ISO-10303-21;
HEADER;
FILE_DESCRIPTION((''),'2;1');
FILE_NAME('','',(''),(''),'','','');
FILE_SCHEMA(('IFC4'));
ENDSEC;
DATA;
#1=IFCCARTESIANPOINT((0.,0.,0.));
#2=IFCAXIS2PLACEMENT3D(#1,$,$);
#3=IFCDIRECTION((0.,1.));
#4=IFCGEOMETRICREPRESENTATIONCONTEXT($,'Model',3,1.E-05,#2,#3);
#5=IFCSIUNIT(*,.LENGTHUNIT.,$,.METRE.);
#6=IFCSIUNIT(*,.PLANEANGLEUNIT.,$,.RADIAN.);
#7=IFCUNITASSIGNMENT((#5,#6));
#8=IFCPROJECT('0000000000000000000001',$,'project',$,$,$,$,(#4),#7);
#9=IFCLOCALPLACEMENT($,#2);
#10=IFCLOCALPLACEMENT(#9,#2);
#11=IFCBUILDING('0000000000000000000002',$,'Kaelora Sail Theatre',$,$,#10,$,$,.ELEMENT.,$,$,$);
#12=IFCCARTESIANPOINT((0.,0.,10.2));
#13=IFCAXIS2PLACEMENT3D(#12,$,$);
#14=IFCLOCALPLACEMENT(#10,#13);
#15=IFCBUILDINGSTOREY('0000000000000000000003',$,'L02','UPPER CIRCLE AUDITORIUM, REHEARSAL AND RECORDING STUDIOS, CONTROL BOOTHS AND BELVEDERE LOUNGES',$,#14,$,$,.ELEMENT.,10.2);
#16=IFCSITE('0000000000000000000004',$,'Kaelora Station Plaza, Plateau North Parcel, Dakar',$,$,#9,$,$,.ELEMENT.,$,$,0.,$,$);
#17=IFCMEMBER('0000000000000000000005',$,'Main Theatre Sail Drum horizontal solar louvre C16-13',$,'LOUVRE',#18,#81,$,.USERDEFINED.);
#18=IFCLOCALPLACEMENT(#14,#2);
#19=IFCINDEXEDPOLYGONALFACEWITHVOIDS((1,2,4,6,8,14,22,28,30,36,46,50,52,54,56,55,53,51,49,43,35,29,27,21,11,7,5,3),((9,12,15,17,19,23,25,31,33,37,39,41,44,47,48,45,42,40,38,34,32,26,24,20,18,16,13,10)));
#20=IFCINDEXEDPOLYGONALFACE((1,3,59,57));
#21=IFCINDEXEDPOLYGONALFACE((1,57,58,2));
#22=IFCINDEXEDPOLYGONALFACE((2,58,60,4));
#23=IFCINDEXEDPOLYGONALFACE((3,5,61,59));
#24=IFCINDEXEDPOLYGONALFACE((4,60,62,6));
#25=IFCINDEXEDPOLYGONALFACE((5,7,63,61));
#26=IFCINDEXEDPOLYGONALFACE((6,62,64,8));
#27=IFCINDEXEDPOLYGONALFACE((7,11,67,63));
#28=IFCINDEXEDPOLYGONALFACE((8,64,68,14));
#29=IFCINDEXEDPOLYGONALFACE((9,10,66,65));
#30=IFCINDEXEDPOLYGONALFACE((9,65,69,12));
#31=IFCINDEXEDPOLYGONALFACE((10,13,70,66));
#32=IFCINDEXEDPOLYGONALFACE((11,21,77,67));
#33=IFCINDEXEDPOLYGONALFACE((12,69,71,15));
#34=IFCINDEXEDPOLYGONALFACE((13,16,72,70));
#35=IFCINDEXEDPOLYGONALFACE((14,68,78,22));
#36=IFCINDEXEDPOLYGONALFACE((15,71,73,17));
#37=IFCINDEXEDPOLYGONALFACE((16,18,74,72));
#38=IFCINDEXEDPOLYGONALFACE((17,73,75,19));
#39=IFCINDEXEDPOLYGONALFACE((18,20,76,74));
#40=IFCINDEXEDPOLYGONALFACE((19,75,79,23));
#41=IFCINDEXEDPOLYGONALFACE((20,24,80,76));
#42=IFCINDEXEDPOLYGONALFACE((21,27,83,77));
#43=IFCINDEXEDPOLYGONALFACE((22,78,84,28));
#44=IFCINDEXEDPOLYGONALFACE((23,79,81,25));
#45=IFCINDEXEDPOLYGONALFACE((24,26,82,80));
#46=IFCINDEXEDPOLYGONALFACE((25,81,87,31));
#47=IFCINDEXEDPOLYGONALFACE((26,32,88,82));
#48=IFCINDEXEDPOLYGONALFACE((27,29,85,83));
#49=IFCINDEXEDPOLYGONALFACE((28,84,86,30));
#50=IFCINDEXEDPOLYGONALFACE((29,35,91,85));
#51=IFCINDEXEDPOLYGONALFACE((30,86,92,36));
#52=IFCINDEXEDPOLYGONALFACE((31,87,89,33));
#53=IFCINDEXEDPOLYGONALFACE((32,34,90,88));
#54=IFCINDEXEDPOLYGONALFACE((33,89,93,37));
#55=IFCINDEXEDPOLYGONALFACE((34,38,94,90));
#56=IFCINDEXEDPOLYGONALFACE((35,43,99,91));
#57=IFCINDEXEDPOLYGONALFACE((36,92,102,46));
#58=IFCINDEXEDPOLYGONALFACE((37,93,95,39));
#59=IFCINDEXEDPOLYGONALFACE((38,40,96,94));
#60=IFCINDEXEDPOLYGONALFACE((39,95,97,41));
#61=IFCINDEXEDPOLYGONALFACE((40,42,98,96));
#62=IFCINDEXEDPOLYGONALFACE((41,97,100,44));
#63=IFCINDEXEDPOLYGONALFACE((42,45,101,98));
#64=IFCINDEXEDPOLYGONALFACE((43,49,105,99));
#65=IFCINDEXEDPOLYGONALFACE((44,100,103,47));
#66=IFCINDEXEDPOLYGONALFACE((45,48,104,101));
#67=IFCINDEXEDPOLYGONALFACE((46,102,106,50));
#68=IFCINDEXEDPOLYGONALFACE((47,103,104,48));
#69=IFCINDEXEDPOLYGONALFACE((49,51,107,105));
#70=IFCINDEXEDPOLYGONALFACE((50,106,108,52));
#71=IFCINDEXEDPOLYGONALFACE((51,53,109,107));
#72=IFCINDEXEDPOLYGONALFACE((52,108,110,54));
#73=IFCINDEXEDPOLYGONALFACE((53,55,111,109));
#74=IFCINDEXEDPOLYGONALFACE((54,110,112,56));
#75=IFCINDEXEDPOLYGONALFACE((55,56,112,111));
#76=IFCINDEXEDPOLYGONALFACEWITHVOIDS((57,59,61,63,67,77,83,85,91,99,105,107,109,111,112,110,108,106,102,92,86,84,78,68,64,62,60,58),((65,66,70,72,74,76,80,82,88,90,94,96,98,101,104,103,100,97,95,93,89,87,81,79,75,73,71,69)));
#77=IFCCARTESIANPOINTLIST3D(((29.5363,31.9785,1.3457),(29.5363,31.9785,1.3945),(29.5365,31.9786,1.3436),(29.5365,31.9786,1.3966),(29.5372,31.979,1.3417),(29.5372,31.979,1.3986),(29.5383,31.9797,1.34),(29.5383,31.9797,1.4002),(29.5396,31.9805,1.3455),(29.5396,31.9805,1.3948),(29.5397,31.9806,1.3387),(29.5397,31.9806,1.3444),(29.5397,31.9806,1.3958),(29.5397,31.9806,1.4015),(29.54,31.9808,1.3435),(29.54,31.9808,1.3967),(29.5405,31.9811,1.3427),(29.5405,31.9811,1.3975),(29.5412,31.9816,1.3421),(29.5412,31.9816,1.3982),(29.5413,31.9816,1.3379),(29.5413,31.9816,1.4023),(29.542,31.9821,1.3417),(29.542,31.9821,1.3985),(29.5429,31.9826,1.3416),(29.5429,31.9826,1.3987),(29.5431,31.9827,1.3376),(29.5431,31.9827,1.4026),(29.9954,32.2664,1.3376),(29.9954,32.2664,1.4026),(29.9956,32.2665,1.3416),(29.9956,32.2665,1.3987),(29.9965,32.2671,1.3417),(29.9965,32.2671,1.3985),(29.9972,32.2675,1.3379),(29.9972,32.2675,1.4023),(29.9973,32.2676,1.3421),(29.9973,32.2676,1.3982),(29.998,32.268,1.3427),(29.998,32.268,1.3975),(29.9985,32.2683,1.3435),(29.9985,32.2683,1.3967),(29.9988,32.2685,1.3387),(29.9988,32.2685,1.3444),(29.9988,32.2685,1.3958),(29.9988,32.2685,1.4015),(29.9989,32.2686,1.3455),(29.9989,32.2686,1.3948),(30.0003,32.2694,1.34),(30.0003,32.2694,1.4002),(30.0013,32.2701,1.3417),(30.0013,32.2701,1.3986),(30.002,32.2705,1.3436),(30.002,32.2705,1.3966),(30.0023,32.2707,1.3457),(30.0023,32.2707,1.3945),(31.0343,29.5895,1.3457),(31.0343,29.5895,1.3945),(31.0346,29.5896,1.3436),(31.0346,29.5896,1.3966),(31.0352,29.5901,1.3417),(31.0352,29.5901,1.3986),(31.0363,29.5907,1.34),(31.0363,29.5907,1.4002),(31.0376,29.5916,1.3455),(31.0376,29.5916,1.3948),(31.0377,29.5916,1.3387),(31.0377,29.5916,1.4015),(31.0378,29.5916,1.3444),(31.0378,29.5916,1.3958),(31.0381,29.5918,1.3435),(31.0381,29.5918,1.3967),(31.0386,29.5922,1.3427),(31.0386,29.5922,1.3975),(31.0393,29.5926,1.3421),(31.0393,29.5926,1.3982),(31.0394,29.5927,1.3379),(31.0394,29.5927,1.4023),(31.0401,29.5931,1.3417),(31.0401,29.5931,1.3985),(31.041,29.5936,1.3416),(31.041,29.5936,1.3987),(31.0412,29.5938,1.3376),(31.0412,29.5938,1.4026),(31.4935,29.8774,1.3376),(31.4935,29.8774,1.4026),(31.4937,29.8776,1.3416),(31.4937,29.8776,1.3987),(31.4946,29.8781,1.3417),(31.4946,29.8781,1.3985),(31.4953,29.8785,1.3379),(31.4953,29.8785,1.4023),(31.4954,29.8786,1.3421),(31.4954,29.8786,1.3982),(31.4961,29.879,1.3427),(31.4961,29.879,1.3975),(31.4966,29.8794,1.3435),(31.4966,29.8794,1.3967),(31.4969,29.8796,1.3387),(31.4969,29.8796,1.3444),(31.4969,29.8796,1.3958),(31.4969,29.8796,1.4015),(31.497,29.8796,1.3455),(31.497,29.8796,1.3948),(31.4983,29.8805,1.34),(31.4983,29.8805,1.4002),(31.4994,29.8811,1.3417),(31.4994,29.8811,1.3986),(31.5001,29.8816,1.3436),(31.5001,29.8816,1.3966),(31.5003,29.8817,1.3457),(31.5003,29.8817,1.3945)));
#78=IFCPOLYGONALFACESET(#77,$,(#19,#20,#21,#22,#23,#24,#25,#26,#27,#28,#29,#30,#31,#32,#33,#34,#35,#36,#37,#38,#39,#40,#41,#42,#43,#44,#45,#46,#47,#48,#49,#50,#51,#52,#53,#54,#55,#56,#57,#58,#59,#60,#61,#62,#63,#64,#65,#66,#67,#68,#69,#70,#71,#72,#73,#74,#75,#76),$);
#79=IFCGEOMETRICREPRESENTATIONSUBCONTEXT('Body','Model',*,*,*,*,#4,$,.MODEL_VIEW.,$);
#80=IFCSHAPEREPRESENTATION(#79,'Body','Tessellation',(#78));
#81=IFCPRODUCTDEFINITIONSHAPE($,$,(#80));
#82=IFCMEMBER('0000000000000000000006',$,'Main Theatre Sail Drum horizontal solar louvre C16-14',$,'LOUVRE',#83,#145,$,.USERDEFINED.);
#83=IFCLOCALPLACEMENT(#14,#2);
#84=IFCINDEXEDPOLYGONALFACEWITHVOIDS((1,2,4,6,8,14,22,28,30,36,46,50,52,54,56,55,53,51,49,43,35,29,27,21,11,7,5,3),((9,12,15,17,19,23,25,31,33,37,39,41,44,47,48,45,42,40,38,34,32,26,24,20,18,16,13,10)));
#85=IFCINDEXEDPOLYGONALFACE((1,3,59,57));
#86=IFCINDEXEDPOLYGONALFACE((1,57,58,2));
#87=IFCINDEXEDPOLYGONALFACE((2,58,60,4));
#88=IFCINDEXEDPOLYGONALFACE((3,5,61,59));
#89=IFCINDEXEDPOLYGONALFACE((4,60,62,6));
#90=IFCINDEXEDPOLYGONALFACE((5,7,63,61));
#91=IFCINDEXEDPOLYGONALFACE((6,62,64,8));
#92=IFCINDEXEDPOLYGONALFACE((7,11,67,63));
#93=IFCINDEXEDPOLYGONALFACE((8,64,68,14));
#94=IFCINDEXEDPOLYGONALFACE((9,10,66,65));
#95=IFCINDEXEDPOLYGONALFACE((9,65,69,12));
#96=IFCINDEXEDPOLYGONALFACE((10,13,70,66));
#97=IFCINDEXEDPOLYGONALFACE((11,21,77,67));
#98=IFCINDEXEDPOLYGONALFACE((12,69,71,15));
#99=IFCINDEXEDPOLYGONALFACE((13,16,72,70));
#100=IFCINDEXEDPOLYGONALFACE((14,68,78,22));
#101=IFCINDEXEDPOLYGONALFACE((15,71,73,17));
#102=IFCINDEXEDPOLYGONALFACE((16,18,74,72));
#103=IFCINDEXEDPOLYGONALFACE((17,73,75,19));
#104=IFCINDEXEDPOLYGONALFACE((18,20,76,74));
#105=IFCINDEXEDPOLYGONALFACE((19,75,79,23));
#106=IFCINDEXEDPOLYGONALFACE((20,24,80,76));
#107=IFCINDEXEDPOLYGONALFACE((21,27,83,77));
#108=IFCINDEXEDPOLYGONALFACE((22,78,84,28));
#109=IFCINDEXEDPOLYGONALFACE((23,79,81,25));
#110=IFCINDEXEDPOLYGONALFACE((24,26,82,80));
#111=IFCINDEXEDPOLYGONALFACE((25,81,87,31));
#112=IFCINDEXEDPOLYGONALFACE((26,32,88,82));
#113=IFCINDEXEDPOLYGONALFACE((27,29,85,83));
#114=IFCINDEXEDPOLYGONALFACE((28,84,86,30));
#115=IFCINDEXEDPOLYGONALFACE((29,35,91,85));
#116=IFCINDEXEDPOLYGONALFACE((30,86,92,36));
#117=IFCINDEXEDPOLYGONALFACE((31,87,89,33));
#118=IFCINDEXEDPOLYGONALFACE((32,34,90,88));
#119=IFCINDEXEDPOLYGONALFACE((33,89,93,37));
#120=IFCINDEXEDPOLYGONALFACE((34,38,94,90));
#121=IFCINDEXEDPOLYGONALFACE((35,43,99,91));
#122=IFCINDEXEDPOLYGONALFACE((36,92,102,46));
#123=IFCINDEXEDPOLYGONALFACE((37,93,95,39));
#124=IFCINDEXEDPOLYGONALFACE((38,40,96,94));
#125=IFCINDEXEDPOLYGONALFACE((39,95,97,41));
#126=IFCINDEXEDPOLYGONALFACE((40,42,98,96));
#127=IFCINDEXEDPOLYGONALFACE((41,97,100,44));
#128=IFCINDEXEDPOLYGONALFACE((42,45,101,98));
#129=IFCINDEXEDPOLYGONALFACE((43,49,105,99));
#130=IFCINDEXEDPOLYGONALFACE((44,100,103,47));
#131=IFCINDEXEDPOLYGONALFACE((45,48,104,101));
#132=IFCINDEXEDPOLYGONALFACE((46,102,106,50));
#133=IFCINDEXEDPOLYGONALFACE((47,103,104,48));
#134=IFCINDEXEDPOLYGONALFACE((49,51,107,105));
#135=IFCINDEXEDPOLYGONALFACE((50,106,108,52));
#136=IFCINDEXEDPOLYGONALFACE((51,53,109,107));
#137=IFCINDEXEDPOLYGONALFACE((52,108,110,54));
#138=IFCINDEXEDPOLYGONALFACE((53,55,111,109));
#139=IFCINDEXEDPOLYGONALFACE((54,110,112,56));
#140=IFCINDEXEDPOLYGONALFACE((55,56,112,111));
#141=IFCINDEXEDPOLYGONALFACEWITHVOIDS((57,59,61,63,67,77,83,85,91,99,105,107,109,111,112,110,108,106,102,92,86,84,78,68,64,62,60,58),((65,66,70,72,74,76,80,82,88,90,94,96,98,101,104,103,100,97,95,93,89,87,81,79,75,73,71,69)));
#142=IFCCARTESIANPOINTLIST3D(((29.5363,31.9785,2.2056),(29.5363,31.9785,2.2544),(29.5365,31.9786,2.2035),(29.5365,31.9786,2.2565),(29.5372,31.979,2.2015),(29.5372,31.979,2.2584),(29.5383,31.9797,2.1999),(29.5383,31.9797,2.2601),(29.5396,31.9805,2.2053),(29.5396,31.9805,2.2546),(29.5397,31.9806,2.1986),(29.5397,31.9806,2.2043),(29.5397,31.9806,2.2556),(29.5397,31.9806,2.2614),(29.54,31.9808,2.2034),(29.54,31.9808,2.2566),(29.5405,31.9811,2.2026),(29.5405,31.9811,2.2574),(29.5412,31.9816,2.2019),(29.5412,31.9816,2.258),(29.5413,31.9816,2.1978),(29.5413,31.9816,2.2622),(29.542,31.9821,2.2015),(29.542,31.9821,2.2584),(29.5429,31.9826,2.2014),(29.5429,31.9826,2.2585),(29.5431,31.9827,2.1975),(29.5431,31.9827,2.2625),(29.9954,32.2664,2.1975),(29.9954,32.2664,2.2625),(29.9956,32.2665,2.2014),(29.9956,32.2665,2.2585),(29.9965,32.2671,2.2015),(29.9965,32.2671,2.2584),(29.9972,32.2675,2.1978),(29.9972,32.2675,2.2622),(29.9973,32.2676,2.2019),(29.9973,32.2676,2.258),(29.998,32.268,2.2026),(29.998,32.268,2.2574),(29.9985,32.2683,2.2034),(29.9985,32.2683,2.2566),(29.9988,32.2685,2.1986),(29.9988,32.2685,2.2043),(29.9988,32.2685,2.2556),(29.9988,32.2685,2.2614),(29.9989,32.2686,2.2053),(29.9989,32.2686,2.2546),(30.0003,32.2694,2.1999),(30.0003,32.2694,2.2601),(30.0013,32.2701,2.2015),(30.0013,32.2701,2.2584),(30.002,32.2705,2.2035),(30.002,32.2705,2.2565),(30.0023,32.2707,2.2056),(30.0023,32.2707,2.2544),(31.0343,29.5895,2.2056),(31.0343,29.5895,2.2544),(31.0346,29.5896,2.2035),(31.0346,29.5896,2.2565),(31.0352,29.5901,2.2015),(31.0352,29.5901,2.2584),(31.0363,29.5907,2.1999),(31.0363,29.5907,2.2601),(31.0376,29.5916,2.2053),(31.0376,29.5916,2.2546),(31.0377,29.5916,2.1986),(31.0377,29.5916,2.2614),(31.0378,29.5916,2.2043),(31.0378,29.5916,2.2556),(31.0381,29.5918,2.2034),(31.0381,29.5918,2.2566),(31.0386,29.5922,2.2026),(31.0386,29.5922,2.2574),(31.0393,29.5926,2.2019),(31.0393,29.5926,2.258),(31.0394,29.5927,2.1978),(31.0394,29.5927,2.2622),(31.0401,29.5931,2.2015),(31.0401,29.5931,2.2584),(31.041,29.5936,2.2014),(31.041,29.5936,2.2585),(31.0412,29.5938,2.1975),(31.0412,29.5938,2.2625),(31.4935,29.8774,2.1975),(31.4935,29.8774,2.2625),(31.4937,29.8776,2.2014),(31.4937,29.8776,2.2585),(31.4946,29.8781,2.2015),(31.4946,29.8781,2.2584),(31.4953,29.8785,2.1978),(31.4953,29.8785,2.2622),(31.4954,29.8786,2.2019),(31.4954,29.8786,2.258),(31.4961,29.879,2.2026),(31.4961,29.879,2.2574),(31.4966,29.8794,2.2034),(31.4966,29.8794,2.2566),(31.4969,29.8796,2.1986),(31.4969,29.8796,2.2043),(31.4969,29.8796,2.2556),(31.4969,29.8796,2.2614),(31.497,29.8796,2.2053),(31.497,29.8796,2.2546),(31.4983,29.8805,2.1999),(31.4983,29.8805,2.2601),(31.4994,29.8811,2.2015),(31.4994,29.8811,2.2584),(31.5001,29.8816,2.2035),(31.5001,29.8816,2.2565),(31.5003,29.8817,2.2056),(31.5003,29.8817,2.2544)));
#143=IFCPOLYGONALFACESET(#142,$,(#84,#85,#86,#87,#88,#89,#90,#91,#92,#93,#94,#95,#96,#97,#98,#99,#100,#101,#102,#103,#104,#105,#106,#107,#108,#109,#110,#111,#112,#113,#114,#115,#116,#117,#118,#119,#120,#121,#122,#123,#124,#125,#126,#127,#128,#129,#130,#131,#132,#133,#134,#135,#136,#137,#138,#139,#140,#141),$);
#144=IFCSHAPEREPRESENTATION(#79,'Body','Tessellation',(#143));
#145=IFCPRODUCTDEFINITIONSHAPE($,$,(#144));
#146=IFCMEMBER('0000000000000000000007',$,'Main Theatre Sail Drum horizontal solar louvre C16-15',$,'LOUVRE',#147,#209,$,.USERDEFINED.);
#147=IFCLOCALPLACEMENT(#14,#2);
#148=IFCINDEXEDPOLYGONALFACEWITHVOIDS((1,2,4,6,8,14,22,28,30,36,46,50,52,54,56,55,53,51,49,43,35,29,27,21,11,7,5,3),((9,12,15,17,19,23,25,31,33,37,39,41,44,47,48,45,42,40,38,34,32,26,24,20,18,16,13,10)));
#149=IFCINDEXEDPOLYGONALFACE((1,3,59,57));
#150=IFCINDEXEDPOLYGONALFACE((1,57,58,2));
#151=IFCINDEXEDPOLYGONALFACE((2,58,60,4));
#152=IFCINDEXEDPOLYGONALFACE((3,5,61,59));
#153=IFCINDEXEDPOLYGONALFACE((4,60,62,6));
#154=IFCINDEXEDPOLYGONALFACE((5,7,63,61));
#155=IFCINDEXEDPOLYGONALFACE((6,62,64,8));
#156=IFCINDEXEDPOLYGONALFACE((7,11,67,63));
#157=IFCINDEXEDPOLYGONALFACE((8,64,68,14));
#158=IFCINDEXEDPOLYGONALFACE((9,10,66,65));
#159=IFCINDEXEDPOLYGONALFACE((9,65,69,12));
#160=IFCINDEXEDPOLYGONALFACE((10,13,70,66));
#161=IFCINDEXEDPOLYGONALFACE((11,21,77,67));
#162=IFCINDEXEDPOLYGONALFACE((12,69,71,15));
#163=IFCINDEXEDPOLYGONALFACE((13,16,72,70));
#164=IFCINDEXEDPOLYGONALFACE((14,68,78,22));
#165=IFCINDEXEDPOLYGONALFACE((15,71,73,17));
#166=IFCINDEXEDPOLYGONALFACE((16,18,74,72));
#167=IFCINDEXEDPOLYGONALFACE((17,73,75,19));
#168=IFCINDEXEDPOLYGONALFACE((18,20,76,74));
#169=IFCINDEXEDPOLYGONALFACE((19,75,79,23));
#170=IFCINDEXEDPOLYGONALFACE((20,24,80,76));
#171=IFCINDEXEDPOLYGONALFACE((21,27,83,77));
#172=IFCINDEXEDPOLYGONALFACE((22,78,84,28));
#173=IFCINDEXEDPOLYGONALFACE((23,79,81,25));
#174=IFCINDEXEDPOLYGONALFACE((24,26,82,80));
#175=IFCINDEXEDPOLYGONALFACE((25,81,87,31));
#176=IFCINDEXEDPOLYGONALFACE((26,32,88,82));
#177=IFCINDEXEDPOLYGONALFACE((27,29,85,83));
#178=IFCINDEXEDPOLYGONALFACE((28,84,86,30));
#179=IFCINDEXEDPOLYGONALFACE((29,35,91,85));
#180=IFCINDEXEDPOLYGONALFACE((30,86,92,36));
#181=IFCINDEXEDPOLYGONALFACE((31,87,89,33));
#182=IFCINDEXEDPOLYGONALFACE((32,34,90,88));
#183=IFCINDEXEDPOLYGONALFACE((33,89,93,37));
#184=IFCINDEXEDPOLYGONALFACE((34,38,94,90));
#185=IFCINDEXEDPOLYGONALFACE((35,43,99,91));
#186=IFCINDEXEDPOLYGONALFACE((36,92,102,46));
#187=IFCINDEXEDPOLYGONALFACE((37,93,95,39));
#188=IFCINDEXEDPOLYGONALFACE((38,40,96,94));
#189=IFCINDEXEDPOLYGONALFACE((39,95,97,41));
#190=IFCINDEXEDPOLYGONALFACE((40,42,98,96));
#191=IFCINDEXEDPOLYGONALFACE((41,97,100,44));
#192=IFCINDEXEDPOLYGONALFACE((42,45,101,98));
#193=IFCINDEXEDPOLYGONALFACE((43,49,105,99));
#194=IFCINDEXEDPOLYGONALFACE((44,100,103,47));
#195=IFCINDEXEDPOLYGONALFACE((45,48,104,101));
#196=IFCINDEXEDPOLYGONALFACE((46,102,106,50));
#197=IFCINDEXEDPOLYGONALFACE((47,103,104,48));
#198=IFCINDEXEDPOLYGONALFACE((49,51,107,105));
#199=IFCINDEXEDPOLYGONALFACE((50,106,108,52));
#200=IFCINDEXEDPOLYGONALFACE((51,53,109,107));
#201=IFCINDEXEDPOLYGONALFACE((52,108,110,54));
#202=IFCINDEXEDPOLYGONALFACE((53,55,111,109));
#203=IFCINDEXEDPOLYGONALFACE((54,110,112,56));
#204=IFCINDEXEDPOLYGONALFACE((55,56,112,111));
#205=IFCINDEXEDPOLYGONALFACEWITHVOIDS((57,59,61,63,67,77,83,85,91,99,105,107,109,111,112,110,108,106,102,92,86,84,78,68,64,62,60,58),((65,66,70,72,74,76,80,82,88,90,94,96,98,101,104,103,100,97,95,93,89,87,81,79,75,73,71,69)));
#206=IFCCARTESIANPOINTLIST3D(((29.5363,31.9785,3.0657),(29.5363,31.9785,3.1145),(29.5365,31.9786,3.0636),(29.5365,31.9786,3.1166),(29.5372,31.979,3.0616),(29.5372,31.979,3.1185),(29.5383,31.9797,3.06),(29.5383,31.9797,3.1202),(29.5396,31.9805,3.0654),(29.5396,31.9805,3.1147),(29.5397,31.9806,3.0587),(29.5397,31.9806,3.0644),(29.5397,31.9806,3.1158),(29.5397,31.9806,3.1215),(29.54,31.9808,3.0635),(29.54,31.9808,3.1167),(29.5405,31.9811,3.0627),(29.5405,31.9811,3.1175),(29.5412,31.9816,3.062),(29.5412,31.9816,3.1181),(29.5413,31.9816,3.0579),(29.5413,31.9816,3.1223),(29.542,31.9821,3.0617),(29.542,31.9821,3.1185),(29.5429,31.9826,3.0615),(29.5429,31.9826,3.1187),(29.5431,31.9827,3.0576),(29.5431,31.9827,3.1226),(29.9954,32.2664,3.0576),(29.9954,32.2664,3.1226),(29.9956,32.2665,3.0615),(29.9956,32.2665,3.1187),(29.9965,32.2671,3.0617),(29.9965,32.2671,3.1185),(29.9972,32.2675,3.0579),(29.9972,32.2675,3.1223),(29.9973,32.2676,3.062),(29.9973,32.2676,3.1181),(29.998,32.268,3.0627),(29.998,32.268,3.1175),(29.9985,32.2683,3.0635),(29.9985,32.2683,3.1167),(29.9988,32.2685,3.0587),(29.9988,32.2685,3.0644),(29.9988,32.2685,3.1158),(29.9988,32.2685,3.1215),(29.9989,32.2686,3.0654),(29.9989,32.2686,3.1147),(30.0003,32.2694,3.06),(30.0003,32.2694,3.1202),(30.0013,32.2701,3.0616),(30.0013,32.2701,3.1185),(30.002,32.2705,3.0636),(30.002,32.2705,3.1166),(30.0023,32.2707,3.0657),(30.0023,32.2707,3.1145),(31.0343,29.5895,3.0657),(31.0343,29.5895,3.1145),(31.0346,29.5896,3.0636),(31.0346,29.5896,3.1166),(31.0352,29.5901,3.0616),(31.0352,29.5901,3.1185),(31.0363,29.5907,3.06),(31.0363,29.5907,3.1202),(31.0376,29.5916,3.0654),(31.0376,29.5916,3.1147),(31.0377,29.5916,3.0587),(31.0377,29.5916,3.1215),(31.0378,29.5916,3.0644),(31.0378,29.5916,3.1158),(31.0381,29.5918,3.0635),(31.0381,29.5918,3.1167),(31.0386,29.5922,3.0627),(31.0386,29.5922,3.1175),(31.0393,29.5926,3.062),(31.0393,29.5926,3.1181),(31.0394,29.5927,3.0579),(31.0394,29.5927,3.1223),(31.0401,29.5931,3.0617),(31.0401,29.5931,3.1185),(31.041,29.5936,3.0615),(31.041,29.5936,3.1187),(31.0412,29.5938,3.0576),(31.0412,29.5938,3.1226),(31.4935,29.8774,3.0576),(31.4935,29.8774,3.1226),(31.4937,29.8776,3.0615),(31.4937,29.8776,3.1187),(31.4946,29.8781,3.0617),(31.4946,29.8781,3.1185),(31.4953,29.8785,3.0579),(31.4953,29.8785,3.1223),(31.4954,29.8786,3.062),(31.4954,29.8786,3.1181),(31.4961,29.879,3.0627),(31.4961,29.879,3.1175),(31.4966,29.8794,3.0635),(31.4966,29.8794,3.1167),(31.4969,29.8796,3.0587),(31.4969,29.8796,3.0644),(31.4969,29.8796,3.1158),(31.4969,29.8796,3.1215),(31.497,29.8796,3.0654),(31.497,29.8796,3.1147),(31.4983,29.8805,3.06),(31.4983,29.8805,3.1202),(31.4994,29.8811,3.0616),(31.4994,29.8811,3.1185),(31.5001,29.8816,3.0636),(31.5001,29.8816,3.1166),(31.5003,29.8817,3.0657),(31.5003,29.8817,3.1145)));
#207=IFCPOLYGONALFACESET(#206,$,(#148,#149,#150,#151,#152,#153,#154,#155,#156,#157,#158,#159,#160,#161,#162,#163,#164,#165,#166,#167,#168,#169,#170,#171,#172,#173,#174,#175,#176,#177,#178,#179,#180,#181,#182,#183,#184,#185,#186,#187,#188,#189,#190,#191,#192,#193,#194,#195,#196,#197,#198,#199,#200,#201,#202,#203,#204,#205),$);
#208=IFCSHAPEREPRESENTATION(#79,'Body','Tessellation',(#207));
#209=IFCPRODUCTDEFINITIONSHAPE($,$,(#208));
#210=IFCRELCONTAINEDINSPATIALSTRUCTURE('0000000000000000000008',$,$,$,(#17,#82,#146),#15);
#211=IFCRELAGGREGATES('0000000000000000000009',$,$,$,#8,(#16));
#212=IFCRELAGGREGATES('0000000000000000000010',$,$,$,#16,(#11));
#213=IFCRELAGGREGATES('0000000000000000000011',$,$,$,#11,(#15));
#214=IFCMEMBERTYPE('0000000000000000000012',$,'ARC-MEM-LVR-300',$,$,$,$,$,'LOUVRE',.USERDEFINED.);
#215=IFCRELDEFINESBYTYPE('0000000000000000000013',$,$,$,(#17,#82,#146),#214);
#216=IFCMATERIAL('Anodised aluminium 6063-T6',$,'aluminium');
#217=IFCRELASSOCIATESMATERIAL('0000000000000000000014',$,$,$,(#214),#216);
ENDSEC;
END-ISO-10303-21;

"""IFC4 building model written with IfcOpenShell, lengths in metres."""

from ifc_helpers import new_model, si_unit, direction, frame, origin, origin_2d, place, context, subcontext, project, spatial, hollow_rectangle, extrude, material, material_profile, profile_set, type_object, element, save


model = new_model("IFC4")

# Units and contexts
model_context = context("Model", 3, precision=1e-05, world=origin(), true_north=direction((0.0, 1.0)))
body_context = subcontext(model_context, "Body", "Model", "MODEL_VIEW")
ifc_project = project(units=[si_unit("LENGTHUNIT", "METRE"), si_unit("PLANEANGLEUNIT", "RADIAN")], contexts=[model_context])

# Site, building, storey
site_placement = place(None, origin())
site = spatial("IfcSite", under=ifc_project, at=site_placement, Name="Kaelora Station Plaza, Plateau North Parcel, Dakar", CompositionType="ELEMENT", RefElevation=0.0)
building_placement = place(site_placement, origin())
building = spatial("IfcBuilding", under=site, at=building_placement, Name="Kaelora Sail Theatre", CompositionType="ELEMENT")
storey_placement = place(building_placement, frame((0.0, 0.0, 10.2)))
storey = spatial("IfcBuildingStorey", under=building, at=storey_placement, Name="L02", Description="UPPER CIRCLE AUDITORIUM, REHEARSAL AND RECORDING STUDIOS, CONTROL BOOTHS AND BELVEDERE LOUNGES", CompositionType="ELEMENT", Elevation=10.2)

# Members
ifc_material_1 = material(Name="Anodised aluminium 6063-T6", Category="aluminium")
ifc_material_profile_1 = material_profile(ifc_material_1, hollow_rectangle(XDim=0.55, YDim=0.0649, WallThickness=0.0039, InnerFilletRadius=0.0039, OuterFilletRadius=0.0081, at=origin_2d()), Name="LOUVRE 550x65x4")
ifc_profile_set_1 = profile_set([ifc_material_profile_1], Name="Anodised aluminium 6063-T6")
member_type = type_object("IfcMemberType", Name="ARC-MEM-LVR-300", ElementType="LOUVRE", PredefinedType="USERDEFINED", material=ifc_profile_set_1)
for number, where, z_axis, x_axis, name in (
    (1, (31.2673, 29.7356, 1.3701), (-0.531267, 0.847204, 0.0), (-0.847204, -0.531267, 0.0), "Main Theatre Sail Drum horizontal solar louvre C16-13"),
    (2, (31.2673, 29.7356, 2.23), (-0.531267, 0.847204, 0.0), (-0.847204, -0.531267, 0.0), "Main Theatre Sail Drum horizontal solar louvre C16-14"),
    (3, (31.2673, 29.7356, 3.0901), (-0.531267, 0.847204, 0.0), (-0.847204, -0.531267, 0.0), "Main Theatre Sail Drum horizontal solar louvre C16-15"),
):
    element("IfcMember", number, at=place(storey_placement, frame(where, z_axis=z_axis, x_axis=x_axis)), inside=storey, type_object=member_type, Name=name, ObjectType="LOUVRE", PredefinedType="USERDEFINED", context=body_context, shape_type="SweptSolid", body=[
        extrude(hollow_rectangle(XDim=0.55, YDim=0.0649, WallThickness=0.0039, InnerFilletRadius=0.0039, OuterFilletRadius=0.0081, at=origin_2d()), origin(), (0.0, 0.0, 1.0), 2.8198),
    ])

save(model, "model.ifc")
